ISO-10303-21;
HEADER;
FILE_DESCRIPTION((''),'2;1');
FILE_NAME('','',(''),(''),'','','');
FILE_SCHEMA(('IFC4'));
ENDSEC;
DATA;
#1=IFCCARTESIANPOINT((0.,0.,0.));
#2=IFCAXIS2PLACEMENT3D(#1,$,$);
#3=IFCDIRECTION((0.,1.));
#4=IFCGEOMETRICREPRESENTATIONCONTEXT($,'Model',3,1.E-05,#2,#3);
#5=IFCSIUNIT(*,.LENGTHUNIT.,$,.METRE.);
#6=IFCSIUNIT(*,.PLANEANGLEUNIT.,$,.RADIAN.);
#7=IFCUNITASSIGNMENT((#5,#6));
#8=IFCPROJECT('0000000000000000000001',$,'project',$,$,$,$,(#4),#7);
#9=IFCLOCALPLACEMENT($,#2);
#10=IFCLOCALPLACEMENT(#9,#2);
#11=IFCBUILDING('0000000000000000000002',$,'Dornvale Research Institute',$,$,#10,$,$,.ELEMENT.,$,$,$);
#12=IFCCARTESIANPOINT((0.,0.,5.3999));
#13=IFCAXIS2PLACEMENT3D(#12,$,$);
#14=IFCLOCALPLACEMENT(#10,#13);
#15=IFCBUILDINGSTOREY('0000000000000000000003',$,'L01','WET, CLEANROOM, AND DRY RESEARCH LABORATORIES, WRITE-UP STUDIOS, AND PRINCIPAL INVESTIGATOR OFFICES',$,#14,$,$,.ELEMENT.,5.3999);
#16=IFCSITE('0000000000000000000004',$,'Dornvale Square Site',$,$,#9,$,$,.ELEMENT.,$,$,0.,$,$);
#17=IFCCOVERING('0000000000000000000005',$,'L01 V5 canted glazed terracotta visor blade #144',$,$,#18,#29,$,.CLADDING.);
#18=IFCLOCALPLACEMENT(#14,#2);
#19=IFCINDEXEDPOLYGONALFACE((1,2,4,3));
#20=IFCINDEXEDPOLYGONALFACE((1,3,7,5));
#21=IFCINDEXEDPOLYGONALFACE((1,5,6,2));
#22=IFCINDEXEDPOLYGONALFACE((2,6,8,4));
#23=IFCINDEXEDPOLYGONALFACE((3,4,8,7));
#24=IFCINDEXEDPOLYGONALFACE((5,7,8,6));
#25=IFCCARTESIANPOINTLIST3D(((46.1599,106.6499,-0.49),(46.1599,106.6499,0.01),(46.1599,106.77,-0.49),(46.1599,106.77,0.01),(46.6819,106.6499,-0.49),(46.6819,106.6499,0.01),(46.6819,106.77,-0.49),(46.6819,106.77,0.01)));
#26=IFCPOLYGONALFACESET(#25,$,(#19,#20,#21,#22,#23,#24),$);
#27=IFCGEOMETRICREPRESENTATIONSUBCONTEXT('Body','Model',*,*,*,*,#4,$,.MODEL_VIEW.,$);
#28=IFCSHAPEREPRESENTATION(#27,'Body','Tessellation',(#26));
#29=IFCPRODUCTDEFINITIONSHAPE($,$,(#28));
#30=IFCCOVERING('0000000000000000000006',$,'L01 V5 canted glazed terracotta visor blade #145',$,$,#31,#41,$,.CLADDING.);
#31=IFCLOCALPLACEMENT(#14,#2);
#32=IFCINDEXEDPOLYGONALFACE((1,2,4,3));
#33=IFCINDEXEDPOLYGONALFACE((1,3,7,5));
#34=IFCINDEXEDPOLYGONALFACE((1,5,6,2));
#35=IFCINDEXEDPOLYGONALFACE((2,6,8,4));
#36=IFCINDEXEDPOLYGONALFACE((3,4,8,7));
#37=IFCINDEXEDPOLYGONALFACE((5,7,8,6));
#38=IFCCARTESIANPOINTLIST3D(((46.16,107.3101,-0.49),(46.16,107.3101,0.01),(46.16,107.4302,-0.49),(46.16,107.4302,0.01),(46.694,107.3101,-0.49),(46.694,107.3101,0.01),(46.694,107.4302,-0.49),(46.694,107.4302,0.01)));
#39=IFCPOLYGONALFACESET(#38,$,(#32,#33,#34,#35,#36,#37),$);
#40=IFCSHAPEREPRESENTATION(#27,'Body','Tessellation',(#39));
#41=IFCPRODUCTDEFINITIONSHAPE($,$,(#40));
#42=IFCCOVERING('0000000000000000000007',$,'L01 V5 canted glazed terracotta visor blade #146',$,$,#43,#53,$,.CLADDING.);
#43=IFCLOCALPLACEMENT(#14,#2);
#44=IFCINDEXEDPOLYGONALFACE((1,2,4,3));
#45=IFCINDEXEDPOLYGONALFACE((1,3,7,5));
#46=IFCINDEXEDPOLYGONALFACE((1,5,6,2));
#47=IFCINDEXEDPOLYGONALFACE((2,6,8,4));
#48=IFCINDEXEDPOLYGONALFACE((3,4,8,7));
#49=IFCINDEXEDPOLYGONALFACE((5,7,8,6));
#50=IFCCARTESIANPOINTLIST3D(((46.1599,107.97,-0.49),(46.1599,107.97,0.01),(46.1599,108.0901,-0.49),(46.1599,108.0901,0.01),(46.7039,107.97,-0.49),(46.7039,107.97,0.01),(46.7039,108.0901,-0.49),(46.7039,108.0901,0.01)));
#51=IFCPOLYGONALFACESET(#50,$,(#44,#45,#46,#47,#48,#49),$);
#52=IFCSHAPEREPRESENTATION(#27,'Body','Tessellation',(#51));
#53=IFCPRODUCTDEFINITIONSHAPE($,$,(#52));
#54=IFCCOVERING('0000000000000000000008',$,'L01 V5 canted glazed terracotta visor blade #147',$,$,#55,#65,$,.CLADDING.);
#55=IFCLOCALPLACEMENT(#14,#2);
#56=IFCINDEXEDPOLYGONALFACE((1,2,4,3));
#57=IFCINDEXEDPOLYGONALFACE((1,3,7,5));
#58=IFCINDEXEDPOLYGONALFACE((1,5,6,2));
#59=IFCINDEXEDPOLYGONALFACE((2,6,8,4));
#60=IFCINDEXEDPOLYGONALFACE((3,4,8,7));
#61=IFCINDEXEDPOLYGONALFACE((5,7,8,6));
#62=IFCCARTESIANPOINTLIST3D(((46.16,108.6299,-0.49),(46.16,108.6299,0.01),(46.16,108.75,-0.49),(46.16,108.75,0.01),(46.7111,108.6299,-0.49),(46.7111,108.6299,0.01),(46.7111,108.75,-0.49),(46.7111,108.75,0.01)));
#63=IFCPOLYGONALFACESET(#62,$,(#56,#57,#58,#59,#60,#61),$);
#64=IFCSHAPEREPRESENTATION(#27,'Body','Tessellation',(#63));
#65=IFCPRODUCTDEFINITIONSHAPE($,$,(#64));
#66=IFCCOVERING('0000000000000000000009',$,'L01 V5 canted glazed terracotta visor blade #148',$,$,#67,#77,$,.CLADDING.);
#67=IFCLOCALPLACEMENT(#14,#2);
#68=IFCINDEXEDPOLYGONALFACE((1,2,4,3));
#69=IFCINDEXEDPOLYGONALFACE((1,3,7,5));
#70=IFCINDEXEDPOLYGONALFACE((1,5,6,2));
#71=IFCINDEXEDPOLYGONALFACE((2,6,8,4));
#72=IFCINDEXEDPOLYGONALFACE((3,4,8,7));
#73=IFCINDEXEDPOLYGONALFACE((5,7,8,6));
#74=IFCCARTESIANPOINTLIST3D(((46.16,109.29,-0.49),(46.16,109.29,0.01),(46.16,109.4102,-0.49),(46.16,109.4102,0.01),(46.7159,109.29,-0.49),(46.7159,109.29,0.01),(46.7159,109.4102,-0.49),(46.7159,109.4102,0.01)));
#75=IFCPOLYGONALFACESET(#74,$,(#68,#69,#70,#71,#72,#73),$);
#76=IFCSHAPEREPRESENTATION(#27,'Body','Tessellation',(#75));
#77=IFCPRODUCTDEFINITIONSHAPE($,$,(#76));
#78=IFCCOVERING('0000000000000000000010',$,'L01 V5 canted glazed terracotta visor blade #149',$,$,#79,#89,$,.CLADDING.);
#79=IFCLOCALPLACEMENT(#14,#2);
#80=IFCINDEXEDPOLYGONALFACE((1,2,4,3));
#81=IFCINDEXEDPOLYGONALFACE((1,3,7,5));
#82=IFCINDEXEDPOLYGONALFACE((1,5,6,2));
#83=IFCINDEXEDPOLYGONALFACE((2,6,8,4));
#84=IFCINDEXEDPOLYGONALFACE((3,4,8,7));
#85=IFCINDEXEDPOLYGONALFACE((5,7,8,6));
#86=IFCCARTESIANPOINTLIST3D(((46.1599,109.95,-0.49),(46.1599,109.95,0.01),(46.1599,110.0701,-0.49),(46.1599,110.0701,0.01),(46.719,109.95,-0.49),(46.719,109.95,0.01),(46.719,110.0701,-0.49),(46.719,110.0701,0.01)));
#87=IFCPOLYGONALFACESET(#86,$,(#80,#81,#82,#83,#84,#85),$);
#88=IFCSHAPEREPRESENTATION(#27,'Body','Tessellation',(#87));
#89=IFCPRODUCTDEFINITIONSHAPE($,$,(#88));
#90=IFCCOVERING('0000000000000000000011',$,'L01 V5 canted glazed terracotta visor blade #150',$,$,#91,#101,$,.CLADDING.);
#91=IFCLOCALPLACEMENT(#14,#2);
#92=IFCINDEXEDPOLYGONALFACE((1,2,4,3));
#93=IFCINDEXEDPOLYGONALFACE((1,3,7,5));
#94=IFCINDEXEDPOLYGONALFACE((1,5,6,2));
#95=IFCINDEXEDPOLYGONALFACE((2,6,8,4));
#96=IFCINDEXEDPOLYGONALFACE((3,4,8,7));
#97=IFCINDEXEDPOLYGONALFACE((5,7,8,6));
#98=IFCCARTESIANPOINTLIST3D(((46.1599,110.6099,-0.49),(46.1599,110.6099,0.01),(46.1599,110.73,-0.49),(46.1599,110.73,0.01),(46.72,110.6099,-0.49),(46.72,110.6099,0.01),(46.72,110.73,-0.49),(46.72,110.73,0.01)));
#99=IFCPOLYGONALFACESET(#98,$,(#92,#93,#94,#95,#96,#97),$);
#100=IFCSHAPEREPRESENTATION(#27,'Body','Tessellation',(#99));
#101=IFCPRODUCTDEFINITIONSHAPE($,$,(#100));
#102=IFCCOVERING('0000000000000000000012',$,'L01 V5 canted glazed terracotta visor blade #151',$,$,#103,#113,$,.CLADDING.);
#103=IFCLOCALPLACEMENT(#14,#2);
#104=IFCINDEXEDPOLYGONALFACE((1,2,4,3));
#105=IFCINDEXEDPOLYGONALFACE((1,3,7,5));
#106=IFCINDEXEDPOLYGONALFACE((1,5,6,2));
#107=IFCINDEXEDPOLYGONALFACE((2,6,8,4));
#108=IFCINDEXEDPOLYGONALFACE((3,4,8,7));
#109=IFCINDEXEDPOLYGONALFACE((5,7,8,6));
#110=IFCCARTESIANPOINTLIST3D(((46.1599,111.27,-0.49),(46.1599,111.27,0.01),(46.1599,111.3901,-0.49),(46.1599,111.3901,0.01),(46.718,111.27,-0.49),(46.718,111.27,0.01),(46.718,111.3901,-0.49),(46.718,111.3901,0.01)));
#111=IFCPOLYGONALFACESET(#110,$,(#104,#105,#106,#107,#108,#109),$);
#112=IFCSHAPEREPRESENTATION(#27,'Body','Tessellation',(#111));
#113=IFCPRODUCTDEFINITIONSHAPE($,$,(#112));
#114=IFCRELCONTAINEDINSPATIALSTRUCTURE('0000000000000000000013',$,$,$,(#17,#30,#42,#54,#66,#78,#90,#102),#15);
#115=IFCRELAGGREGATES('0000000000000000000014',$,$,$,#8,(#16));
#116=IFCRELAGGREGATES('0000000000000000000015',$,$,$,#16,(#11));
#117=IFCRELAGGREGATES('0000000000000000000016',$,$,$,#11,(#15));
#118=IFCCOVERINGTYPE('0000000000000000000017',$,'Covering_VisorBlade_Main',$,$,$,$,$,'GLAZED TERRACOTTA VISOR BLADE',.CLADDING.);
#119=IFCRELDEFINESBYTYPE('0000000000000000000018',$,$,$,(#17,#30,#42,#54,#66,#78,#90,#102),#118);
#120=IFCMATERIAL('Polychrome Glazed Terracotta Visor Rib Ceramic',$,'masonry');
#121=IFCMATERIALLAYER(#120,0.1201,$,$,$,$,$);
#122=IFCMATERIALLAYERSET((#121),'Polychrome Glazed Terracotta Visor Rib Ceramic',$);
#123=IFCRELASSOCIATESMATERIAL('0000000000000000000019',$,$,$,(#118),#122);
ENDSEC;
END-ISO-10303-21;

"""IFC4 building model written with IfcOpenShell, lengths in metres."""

from ifc_helpers import new_model, si_unit, direction, frame, origin, origin_2d, place, context, subcontext, project, spatial, rectangle, extrude, material, layer, layer_set, type_object, element, save


model = new_model("IFC4")

# Units and contexts
model_context = context("Model", 3, precision=1e-05, world=origin(), true_north=direction((0.0, 1.0)))
body_context = subcontext(model_context, "Body", "Model", "MODEL_VIEW")
ifc_project = project(units=[si_unit("LENGTHUNIT", "METRE"), si_unit("PLANEANGLEUNIT", "RADIAN")], contexts=[model_context])

# Site, building, storey
site_placement = place(None, origin())
site = spatial("IfcSite", under=ifc_project, at=site_placement, Name="Dornvale Square Site", CompositionType="ELEMENT", RefElevation=0.0)
building_placement = place(site_placement, origin())
building = spatial("IfcBuilding", under=site, at=building_placement, Name="Dornvale Research Institute", CompositionType="ELEMENT")
storey_placement = place(building_placement, frame((0.0, 0.0, 5.3999)))
storey = spatial("IfcBuildingStorey", under=building, at=storey_placement, Name="L01", Description="WET, CLEANROOM, AND DRY RESEARCH LABORATORIES, WRITE-UP STUDIOS, AND PRINCIPAL INVESTIGATOR OFFICES", CompositionType="ELEMENT", Elevation=5.3999)

# Coverings
ifc_material_1 = material(Name="Polychrome Glazed Terracotta Visor Rib Ceramic", Category="masonry")
ifc_layer_1 = layer(ifc_material_1, 0.1201)
ifc_layer_set_1 = layer_set([ifc_layer_1], Name="Polychrome Glazed Terracotta Visor Rib Ceramic")
covering_type = type_object("IfcCoveringType", Name="Covering_VisorBlade_Main", ElementType="GLAZED TERRACOTTA VISOR BLADE", PredefinedType="CLADDING", material=ifc_layer_set_1)
covering_1_placement = place(storey_placement, frame((46.4209, 106.71, -0.49), z_axis=(0.0, 0.0, 1.0), x_axis=(1.0, 0.0, 0.0)))
element("IfcCovering", 1, at=covering_1_placement, inside=storey, type_object=covering_type, Name="L01 V5 canted glazed terracotta visor blade #144", PredefinedType="CLADDING", context=body_context, shape_type="SweptSolid", body=[
    extrude(rectangle(XDim=0.522, YDim=0.1201, at=origin_2d()), origin(), (0.0, 0.0, 1.0), 0.5),
])
covering_2_placement = place(storey_placement, frame((46.427, 107.3701, -0.49), z_axis=(0.0, 0.0, 1.0), x_axis=(1.0, 0.0, 0.0)))
element("IfcCovering", 2, at=covering_2_placement, inside=storey, type_object=covering_type, Name="L01 V5 canted glazed terracotta visor blade #145", PredefinedType="CLADDING", context=body_context, shape_type="SweptSolid", body=[
    extrude(rectangle(XDim=0.5339, YDim=0.1201, at=origin_2d()), origin(), (0.0, 0.0, 1.0), 0.5),
])
covering_3_placement = place(storey_placement, frame((46.4319, 108.03, -0.49), z_axis=(0.0, 0.0, 1.0), x_axis=(1.0, 0.0, 0.0)))
element("IfcCovering", 3, at=covering_3_placement, inside=storey, type_object=covering_type, Name="L01 V5 canted glazed terracotta visor blade #146", PredefinedType="CLADDING", context=body_context, shape_type="SweptSolid", body=[
    extrude(rectangle(XDim=0.5439, YDim=0.1201, at=origin_2d()), origin(), (0.0, 0.0, 1.0), 0.5),
])
covering_4_placement = place(storey_placement, frame((46.4355, 108.6899, -0.49), z_axis=(0.0, 0.0, 1.0), x_axis=(1.0, 0.0, 0.0)))
element("IfcCovering", 4, at=covering_4_placement, inside=storey, type_object=covering_type, Name="L01 V5 canted glazed terracotta visor blade #147", PredefinedType="CLADDING", context=body_context, shape_type="SweptSolid", body=[
    extrude(rectangle(XDim=0.551, YDim=0.1201, at=origin_2d()), origin(), (0.0, 0.0, 1.0), 0.5),
])
covering_5_placement = place(storey_placement, frame((46.438, 109.3501, -0.49), z_axis=(0.0, 0.0, 1.0), x_axis=(1.0, 0.0, 0.0)))
element("IfcCovering", 5, at=covering_5_placement, inside=storey, type_object=covering_type, Name="L01 V5 canted glazed terracotta visor blade #148", PredefinedType="CLADDING", context=body_context, shape_type="SweptSolid", body=[
    extrude(rectangle(XDim=0.5559, YDim=0.1201, at=origin_2d()), origin(), (0.0, 0.0, 1.0), 0.5),
])
covering_6_placement = place(storey_placement, frame((46.4395, 110.01, -0.49), z_axis=(0.0, 0.0, 1.0), x_axis=(1.0, 0.0, 0.0)))
element("IfcCovering", 6, at=covering_6_placement, inside=storey, type_object=covering_type, Name="L01 V5 canted glazed terracotta visor blade #149", PredefinedType="CLADDING", context=body_context, shape_type="SweptSolid", body=[
    extrude(rectangle(XDim=0.5591, YDim=0.1201, at=origin_2d()), origin(), (0.0, 0.0, 1.0), 0.5),
])
covering_7_placement = place(storey_placement, frame((46.4399, 110.6699, -0.49), z_axis=(0.0, 0.0, 1.0), x_axis=(1.0, 0.0, 0.0)))
element("IfcCovering", 7, at=covering_7_placement, inside=storey, type_object=covering_type, Name="L01 V5 canted glazed terracotta visor blade #150", PredefinedType="CLADDING", context=body_context, shape_type="SweptSolid", body=[
    extrude(rectangle(XDim=0.5601, YDim=0.1201, at=origin_2d()), origin(), (0.0, 0.0, 1.0), 0.5),
])
covering_8_placement = place(storey_placement, frame((46.439, 111.3301, -0.49), z_axis=(0.0, 0.0, 1.0), x_axis=(1.0, 0.0, 0.0)))
element("IfcCovering", 8, at=covering_8_placement, inside=storey, type_object=covering_type, Name="L01 V5 canted glazed terracotta visor blade #151", PredefinedType="CLADDING", context=body_context, shape_type="SweptSolid", body=[
    extrude(rectangle(XDim=0.5581, YDim=0.1201, at=origin_2d()), origin(), (0.0, 0.0, 1.0), 0.5),
])

save(model, "model.ifc")
